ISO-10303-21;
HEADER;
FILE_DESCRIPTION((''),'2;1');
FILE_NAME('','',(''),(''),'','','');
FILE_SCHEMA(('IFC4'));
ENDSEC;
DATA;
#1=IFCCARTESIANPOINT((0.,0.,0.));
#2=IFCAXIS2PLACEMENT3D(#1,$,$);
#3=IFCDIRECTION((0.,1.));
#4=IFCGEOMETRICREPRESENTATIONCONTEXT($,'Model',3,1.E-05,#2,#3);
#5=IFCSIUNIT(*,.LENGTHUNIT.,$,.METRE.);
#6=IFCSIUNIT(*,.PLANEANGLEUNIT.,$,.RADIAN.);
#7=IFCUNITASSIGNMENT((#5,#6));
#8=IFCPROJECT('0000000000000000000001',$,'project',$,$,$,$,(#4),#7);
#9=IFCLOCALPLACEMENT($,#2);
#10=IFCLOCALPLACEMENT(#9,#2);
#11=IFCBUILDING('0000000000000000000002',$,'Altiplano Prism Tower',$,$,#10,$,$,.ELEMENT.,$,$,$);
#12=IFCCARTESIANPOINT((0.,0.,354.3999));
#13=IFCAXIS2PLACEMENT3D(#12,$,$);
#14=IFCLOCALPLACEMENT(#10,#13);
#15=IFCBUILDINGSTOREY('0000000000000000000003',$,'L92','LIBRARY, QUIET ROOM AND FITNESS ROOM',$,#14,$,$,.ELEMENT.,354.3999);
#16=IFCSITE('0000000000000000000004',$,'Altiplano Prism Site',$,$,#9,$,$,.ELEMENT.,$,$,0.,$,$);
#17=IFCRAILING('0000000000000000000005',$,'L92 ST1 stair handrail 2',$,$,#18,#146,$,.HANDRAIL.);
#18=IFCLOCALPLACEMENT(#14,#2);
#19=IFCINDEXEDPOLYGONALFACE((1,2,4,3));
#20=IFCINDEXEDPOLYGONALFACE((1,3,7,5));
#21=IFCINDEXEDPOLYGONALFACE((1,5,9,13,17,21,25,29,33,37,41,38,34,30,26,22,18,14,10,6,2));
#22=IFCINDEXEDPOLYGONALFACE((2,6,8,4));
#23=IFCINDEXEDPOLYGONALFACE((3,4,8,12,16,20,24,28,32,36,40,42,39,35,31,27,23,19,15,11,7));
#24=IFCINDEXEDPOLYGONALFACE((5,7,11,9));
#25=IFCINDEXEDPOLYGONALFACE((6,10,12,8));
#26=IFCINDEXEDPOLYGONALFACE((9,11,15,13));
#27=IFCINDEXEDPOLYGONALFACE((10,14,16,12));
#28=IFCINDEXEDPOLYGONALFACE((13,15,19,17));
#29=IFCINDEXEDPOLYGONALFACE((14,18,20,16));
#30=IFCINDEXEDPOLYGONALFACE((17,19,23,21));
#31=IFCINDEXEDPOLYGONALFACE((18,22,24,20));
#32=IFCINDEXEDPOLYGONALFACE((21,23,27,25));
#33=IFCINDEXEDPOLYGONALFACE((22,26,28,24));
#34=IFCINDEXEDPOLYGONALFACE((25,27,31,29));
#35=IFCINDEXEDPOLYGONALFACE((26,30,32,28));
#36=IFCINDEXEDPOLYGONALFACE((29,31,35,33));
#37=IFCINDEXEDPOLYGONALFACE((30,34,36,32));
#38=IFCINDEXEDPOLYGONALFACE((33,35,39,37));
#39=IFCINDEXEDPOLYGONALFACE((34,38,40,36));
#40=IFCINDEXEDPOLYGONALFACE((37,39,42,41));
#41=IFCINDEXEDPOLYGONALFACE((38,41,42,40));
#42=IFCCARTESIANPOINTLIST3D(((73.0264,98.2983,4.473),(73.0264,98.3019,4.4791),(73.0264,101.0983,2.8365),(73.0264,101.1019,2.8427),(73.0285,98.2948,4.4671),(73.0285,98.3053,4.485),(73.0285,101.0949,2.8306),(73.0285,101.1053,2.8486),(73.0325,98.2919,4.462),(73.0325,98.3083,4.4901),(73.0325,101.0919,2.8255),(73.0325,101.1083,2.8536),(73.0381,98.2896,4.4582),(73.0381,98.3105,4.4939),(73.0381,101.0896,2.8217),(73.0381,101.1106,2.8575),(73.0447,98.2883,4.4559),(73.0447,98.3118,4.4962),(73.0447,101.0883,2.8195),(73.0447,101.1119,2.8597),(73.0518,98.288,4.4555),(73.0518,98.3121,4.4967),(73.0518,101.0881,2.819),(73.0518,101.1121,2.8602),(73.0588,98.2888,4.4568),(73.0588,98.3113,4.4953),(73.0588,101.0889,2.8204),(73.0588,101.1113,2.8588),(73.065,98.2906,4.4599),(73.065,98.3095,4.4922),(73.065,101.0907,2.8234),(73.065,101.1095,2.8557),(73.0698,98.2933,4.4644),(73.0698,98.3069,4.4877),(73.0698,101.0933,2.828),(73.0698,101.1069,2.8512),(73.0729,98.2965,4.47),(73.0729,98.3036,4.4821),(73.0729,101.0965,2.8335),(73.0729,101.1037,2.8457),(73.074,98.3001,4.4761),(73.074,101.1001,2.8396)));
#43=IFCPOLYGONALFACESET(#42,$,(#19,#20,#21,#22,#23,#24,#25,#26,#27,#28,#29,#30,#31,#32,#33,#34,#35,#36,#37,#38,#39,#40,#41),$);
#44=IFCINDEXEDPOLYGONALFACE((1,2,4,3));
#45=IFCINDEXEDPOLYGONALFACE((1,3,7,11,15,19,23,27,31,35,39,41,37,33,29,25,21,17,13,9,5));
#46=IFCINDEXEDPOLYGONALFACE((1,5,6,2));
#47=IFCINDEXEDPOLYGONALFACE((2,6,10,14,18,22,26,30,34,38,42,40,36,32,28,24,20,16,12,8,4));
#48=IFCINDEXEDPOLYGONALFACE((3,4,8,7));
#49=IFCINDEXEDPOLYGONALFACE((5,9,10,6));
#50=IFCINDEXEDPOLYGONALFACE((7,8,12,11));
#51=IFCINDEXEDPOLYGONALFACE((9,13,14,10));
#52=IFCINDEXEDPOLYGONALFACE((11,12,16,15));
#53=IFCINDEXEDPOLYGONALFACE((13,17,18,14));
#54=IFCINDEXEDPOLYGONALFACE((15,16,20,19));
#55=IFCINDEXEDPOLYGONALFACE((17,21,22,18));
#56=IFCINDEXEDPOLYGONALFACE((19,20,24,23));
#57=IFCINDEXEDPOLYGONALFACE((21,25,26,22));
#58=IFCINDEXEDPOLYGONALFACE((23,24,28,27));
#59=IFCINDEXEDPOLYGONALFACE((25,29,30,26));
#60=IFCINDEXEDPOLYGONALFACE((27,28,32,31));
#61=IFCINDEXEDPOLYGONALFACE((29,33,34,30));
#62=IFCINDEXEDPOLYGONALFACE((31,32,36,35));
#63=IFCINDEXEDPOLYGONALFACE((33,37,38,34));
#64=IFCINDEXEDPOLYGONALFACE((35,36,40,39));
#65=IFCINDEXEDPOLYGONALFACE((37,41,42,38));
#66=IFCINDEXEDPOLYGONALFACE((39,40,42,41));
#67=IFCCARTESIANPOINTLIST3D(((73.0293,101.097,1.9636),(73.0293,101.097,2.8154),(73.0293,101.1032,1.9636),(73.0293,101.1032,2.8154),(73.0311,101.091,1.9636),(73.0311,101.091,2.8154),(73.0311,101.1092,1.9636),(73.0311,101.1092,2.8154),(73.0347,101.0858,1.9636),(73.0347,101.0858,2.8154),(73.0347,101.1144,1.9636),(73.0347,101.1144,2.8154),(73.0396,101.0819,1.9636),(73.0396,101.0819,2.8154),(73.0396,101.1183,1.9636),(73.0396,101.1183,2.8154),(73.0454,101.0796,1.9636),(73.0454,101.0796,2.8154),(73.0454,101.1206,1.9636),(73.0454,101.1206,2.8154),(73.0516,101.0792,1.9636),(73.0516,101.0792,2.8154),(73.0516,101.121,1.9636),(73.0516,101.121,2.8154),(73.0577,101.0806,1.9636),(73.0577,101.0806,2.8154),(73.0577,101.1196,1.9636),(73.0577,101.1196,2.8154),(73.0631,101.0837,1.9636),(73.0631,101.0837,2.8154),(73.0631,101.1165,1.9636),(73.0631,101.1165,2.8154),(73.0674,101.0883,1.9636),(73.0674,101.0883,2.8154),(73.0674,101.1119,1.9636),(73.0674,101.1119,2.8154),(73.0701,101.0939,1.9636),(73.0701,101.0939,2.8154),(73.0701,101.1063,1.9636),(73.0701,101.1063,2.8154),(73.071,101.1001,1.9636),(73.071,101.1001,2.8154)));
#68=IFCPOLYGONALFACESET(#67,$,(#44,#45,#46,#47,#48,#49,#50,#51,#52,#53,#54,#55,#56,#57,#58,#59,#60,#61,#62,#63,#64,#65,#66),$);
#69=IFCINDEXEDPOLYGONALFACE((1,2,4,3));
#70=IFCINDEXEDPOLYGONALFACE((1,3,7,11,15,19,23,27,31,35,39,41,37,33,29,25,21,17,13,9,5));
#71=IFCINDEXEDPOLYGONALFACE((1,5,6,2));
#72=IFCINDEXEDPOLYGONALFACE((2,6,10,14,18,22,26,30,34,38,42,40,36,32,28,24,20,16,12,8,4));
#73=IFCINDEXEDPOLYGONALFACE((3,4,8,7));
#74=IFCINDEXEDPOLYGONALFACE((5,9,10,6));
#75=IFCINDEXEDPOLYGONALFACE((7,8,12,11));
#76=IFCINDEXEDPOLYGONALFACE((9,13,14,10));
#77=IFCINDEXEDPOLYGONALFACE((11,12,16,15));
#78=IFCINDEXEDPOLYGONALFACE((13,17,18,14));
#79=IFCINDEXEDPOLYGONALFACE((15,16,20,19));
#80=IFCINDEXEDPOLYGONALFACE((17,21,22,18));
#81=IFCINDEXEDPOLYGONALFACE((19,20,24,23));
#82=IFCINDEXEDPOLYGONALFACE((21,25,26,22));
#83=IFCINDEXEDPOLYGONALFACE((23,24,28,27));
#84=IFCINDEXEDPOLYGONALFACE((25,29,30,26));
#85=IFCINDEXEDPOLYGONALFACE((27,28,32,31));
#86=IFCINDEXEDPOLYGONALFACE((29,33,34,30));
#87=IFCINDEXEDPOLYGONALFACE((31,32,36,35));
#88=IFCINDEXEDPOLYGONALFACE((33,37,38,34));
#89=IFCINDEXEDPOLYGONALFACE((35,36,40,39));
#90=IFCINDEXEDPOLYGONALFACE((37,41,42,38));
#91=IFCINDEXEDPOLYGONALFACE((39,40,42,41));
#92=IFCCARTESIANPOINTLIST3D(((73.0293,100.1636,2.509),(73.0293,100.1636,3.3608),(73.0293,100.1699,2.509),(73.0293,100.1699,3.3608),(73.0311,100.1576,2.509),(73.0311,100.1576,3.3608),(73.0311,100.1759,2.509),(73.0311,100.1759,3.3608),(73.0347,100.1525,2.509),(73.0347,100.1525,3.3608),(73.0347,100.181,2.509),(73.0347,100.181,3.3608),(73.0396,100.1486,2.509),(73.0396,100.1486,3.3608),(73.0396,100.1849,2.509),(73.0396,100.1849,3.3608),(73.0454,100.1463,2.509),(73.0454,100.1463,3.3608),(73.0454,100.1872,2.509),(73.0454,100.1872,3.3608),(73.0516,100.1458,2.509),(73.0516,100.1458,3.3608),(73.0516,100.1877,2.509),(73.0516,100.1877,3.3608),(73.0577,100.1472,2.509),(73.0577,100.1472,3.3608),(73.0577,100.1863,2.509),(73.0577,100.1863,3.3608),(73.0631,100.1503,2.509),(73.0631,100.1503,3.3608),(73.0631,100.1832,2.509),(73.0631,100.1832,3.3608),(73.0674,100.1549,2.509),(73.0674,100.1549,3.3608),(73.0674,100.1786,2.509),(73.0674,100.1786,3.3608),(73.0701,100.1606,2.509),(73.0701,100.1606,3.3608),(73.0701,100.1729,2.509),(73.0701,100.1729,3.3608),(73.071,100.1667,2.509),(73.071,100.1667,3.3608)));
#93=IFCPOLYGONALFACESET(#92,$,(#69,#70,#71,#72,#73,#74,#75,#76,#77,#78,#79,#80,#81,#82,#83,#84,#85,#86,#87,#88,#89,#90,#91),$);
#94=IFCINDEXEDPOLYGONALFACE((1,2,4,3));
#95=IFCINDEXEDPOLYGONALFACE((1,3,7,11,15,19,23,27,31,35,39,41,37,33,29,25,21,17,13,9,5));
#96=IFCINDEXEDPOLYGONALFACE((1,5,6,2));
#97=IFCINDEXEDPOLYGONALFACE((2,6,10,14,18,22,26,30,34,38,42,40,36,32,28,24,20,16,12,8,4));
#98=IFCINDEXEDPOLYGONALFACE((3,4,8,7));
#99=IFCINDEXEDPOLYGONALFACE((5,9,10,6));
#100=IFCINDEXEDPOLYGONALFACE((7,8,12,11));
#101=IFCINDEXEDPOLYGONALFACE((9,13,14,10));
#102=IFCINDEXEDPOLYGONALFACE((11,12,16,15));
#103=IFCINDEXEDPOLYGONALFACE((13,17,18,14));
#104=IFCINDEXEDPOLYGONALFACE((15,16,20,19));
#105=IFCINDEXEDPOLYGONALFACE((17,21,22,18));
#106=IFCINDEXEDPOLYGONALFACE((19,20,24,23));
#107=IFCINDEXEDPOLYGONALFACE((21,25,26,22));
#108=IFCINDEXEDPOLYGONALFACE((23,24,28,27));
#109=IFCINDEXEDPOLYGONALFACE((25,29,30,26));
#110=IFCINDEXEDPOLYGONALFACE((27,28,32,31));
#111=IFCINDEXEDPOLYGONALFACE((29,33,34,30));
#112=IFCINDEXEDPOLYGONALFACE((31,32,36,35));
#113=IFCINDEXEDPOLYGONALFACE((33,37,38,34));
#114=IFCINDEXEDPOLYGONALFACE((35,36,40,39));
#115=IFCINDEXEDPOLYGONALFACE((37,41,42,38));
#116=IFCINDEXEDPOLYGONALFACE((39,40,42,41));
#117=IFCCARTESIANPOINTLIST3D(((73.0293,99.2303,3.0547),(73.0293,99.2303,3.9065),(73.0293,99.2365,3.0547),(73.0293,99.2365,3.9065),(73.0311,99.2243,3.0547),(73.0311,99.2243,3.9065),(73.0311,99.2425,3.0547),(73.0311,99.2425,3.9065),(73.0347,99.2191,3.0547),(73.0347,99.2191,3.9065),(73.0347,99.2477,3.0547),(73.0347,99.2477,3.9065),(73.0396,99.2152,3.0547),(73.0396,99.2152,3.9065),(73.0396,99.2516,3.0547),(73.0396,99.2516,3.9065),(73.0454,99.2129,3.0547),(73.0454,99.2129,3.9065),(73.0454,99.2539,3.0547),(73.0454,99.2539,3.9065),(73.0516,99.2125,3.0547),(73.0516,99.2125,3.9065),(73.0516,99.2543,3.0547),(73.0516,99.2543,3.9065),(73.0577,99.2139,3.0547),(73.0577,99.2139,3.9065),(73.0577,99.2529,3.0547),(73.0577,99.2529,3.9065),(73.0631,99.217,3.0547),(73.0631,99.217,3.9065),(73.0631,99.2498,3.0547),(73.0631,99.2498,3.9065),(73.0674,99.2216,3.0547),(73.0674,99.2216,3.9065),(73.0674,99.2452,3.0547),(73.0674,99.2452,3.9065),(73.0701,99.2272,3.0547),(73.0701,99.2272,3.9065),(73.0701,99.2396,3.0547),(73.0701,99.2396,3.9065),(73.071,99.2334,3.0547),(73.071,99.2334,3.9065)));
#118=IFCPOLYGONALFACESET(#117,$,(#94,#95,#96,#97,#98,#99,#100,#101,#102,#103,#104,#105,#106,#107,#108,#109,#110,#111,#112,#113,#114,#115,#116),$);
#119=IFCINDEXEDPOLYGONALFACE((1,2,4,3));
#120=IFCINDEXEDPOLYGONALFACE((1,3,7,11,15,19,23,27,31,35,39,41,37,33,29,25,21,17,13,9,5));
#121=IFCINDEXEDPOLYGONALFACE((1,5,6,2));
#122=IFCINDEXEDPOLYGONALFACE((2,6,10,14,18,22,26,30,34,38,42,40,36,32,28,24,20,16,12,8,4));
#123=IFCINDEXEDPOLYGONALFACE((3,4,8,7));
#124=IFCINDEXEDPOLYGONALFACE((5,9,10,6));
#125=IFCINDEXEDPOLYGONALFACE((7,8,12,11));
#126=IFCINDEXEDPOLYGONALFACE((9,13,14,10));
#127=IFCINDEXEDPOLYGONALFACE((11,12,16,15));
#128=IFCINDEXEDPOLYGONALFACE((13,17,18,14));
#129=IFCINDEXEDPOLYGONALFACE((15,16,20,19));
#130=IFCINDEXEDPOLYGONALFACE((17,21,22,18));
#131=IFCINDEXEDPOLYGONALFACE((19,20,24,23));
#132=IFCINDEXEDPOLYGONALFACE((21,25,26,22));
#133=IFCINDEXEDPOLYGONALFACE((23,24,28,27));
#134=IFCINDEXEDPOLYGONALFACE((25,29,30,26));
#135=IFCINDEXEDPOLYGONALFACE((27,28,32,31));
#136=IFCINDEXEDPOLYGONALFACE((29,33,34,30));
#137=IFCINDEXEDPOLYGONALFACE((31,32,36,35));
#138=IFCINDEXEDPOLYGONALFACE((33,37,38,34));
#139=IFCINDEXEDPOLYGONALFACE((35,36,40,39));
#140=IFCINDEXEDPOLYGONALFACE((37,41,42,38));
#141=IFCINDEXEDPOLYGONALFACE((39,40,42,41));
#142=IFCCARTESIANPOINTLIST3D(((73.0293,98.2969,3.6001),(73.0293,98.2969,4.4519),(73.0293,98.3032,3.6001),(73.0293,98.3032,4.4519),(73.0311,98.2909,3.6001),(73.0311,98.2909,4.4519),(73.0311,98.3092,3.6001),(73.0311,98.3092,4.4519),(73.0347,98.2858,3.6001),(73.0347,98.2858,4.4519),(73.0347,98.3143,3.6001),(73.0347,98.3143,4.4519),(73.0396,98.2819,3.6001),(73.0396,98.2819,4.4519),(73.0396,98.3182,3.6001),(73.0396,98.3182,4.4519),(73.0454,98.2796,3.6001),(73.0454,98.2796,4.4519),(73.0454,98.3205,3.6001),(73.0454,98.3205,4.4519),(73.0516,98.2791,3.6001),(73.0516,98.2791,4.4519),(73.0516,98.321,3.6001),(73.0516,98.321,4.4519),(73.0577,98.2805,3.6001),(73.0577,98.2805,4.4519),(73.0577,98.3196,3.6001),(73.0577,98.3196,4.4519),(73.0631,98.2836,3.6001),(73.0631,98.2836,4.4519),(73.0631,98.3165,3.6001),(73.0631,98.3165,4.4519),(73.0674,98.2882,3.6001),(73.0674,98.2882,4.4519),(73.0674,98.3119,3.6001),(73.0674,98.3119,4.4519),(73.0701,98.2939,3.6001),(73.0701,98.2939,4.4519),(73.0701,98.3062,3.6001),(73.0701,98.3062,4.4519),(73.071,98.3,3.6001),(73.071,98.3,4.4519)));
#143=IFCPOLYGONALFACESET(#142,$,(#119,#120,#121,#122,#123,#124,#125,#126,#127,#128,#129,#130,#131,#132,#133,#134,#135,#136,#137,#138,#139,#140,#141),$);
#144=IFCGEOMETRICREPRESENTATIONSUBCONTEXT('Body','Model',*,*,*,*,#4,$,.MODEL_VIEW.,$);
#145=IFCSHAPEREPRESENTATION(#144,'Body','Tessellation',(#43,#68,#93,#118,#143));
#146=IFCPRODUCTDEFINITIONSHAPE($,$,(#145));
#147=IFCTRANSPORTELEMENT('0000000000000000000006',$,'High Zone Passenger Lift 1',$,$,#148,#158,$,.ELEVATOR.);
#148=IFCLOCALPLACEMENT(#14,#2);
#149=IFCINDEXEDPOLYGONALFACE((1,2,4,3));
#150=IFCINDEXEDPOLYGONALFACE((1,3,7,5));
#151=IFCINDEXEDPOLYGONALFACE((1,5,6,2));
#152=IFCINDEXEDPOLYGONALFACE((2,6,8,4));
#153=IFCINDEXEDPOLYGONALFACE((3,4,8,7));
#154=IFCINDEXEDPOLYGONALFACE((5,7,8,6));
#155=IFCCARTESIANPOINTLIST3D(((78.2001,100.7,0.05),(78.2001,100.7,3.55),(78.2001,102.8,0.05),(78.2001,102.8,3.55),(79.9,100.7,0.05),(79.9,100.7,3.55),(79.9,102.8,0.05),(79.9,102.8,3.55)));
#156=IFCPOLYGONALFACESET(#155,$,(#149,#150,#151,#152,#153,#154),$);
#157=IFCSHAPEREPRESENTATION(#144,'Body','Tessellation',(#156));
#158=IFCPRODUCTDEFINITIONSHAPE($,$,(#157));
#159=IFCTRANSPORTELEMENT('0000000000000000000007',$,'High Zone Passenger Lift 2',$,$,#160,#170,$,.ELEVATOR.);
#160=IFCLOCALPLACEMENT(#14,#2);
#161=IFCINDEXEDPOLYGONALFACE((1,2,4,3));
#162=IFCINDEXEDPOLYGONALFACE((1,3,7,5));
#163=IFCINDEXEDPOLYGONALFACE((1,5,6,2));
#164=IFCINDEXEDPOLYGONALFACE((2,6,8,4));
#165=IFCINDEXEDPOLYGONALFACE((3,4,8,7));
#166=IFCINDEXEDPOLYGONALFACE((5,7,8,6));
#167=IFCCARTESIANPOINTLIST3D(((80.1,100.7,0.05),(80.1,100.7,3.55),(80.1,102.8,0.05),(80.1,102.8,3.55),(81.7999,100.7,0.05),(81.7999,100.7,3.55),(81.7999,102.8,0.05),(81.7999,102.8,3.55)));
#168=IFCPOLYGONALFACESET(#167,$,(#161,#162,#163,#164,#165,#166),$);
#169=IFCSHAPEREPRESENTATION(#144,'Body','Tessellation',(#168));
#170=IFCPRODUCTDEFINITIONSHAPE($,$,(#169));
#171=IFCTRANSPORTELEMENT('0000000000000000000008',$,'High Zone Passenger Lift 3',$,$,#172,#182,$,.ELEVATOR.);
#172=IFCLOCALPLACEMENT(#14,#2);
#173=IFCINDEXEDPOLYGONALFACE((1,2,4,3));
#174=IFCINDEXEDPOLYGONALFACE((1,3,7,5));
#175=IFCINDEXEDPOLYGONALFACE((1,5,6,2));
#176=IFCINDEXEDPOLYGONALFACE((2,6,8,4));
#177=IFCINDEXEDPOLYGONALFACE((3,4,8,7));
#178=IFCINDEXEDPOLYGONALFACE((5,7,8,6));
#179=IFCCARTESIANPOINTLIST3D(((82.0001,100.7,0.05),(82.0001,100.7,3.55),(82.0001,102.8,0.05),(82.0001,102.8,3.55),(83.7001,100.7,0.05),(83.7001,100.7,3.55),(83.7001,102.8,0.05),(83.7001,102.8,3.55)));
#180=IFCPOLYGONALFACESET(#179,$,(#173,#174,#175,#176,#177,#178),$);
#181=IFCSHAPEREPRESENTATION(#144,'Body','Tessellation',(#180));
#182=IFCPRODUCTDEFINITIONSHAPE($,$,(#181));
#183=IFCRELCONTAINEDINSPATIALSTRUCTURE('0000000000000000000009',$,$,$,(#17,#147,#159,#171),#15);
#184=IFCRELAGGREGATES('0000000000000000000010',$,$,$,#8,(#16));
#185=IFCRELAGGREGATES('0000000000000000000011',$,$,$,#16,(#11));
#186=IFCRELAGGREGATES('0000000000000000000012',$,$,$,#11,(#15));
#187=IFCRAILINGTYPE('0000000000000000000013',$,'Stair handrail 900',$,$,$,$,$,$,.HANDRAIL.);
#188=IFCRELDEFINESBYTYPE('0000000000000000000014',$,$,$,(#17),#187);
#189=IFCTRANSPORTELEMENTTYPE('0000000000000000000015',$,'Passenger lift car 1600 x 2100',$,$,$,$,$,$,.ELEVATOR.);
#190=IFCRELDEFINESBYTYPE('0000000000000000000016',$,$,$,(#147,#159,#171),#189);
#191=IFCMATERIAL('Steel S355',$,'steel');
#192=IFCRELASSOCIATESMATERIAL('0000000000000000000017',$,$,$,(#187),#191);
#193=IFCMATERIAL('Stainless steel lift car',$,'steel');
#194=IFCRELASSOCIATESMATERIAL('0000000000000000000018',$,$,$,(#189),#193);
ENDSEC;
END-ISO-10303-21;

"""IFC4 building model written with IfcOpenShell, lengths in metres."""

from ifc_helpers import new_model, si_unit, direction, frame, origin, origin_2d, place, context, subcontext, project, spatial, rectangle, circle, extrude, material, type_object, element, save


model = new_model("IFC4")

# Units and contexts
model_context = context("Model", 3, precision=1e-05, world=origin(), true_north=direction((0.0, 1.0)))
body_context = subcontext(model_context, "Body", "Model", "MODEL_VIEW")
ifc_project = project(units=[si_unit("LENGTHUNIT", "METRE"), si_unit("PLANEANGLEUNIT", "RADIAN")], contexts=[model_context])

# Site, building, storey
site_placement = place(None, origin())
site = spatial("IfcSite", under=ifc_project, at=site_placement, Name="Altiplano Prism Site", CompositionType="ELEMENT", RefElevation=0.0)
building_placement = place(site_placement, origin())
building = spatial("IfcBuilding", under=site, at=building_placement, Name="Altiplano Prism Tower", CompositionType="ELEMENT")
storey_placement = place(building_placement, frame((0.0, 0.0, 354.3999)))
storey = spatial("IfcBuildingStorey", under=building, at=storey_placement, Name="L92", Description="LIBRARY, QUIET ROOM AND FITNESS ROOM", CompositionType="ELEMENT", Elevation=354.3999)

# Railing
ifc_material_1 = material(Name="Steel S355", Category="steel")
railing_type_1 = type_object("IfcRailingType", Name="Stair handrail 900", PredefinedType="HANDRAIL", material=ifc_material_1)
railing_1_placement = place(storey_placement, frame((73.05, 101.1001, 1.9636)))
element("IfcRailing", 1, at=railing_1_placement, inside=storey, type_object=railing_type_1, Name="L92 ST1 stair handrail 2", PredefinedType="HANDRAIL", context=body_context, shape_type="SweptSolid", body=[
    extrude(circle(Radius=0.0239, at=origin_2d()), frame((0.0, 0.0, 0.876), z_axis=(0.0, -0.863361, 0.504587), x_axis=(1.0, 0.0, 0.0)), (0.0, 0.0, 1.0), 3.2432),
    extrude(circle(Radius=0.021, at=origin_2d()), origin(), (0.0, 0.0, 1.0), 0.8518),
    extrude(circle(Radius=0.021, at=origin_2d()), frame((0.0, -0.9333, 0.5454)), (0.0, 0.0, 1.0), 0.8518),
    extrude(circle(Radius=0.021, at=origin_2d()), frame((0.0, -1.8667, 1.0911)), (0.0, 0.0, 1.0), 0.8518),
    extrude(circle(Radius=0.021, at=origin_2d()), frame((0.0, -2.8, 1.6365)), (0.0, 0.0, 1.0), 0.8518),
])

# Transport elements
ifc_material_2 = material(Name="Stainless steel lift car", Category="steel")
transport_element_type = type_object("IfcTransportElementType", Name="Passenger lift car 1600 x 2100", PredefinedType="ELEVATOR", material=ifc_material_2)
for number, where, z_axis, x_axis, name in (
    (2, (79.05, 101.75, 0.05), (0.0, 0.0, 1.0), (1.0, 0.0, 0.0), "High Zone Passenger Lift 1"),
    (3, (80.95, 101.75, 0.05), (0.0, 0.0, 1.0), (1.0, 0.0, 0.0), "High Zone Passenger Lift 2"),
    (4, (82.8501, 101.75, 0.05), (0.0, 0.0, 1.0), (1.0, 0.0, 0.0), "High Zone Passenger Lift 3"),
):
    element("IfcTransportElement", number, at=place(storey_placement, frame(where, z_axis=z_axis, x_axis=x_axis)), inside=storey, type_object=transport_element_type, Name=name, PredefinedType="ELEVATOR", context=body_context, shape_type="SweptSolid", body=[
        extrude(rectangle(XDim=1.7, YDim=2.1001, at=origin_2d()), origin(), (0.0, 0.0, 1.0), 3.5),
    ])

save(model, "model.ifc")
